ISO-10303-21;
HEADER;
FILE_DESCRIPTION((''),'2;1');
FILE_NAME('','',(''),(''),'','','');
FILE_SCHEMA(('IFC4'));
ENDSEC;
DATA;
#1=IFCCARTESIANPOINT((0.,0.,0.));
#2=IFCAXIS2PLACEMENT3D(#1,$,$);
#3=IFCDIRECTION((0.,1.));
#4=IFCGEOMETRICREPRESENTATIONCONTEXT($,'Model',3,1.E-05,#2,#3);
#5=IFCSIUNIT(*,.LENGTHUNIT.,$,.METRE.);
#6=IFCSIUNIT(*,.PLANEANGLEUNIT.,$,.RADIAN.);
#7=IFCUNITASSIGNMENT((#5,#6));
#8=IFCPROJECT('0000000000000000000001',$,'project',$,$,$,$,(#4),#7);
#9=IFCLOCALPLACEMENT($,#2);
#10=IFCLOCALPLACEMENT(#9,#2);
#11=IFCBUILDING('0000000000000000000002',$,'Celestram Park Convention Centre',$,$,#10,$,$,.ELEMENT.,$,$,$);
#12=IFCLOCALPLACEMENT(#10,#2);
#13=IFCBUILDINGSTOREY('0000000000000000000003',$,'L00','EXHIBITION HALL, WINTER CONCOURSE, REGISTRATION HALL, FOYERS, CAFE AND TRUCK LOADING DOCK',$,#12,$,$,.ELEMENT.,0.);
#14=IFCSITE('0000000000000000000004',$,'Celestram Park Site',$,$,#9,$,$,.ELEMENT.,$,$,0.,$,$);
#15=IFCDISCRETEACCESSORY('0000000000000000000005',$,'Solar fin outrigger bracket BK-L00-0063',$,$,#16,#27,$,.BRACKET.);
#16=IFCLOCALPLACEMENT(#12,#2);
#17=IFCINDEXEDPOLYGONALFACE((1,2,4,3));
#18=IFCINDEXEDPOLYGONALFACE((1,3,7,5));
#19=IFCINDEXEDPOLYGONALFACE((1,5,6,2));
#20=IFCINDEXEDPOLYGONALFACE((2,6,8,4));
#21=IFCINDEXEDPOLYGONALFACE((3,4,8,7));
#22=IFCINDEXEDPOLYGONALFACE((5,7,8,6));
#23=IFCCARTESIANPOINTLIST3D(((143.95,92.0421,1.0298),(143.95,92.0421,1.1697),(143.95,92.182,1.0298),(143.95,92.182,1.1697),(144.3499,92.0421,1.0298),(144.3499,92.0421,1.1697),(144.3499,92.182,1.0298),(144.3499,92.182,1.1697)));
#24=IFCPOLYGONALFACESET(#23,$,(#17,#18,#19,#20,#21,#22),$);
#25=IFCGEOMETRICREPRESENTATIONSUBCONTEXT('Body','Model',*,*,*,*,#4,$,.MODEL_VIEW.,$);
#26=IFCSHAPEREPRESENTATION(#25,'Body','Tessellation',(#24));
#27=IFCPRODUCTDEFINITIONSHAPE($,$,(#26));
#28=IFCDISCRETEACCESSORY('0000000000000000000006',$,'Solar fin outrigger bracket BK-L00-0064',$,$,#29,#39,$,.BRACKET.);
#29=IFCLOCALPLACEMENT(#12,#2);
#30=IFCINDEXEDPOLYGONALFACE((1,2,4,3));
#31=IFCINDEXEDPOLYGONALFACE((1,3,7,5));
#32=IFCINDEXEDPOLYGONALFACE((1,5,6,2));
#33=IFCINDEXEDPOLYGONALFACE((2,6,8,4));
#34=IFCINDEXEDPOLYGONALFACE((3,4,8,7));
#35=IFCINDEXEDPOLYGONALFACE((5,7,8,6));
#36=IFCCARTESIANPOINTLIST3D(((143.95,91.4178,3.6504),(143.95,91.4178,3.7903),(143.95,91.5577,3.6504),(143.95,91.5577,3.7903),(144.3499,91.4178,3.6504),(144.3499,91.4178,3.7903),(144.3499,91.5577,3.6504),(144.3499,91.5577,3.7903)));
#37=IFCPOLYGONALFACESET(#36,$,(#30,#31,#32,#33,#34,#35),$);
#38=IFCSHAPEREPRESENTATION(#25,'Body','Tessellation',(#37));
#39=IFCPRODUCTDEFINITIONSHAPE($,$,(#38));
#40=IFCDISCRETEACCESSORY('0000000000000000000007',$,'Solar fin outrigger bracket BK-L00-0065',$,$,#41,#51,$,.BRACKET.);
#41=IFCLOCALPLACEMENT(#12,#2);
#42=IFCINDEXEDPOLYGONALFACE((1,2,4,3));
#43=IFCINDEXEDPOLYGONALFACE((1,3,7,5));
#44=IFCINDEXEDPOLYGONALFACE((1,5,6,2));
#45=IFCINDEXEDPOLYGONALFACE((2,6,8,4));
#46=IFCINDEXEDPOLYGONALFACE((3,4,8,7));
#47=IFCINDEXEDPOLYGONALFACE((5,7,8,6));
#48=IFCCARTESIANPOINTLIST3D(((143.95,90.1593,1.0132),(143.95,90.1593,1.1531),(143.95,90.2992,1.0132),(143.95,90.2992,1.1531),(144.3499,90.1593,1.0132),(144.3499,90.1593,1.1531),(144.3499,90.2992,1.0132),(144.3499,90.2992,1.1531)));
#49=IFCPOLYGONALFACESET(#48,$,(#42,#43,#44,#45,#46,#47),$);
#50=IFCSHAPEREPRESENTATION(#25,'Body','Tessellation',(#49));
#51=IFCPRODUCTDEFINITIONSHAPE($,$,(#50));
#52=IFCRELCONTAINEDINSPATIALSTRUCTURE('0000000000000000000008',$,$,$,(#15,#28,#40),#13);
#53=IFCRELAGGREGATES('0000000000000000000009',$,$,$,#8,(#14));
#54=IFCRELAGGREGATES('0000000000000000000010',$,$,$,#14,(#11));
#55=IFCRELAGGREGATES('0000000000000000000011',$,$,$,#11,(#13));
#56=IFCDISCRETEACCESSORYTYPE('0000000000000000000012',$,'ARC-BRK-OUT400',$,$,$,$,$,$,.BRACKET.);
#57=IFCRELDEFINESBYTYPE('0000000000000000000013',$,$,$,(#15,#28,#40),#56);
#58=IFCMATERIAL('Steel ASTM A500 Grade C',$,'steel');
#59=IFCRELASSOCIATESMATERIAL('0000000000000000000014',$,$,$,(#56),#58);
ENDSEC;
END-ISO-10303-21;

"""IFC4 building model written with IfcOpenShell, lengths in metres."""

from ifc_helpers import new_model, si_unit, direction, frame, origin, origin_2d, place, context, subcontext, project, spatial, rectangle, extrude, material, type_object, element, save


model = new_model("IFC4")

# Units and contexts
model_context = context("Model", 3, precision=1e-05, world=origin(), true_north=direction((0.0, 1.0)))
body_context = subcontext(model_context, "Body", "Model", "MODEL_VIEW")
ifc_project = project(units=[si_unit("LENGTHUNIT", "METRE"), si_unit("PLANEANGLEUNIT", "RADIAN")], contexts=[model_context])

# Site, building, storey
site_placement = place(None, origin())
site = spatial("IfcSite", under=ifc_project, at=site_placement, Name="Celestram Park Site", CompositionType="ELEMENT", RefElevation=0.0)
building_placement = place(site_placement, origin())
building = spatial("IfcBuilding", under=site, at=building_placement, Name="Celestram Park Convention Centre", CompositionType="ELEMENT")
storey_placement = place(building_placement, origin())
storey = spatial("IfcBuildingStorey", under=building, at=storey_placement, Name="L00", Description="EXHIBITION HALL, WINTER CONCOURSE, REGISTRATION HALL, FOYERS, CAFE AND TRUCK LOADING DOCK", CompositionType="ELEMENT", Elevation=0.0)

# Shared definitions
ifc_material_1 = material(Name="Steel ASTM A500 Grade C", Category="steel")

# Discrete accessories
discrete_accessory_type = type_object("IfcDiscreteAccessoryType", Name="ARC-BRK-OUT400", PredefinedType="BRACKET", material=ifc_material_1)
for number, where, z_axis, x_axis, name in (
    (1, (144.1499, 92.1121, 1.0298), (0.0, 0.0, 1.0), (1.0, 0.0, 0.0), "Solar fin outrigger bracket BK-L00-0063"),
    (2, (144.1499, 91.4878, 3.6504), (0.0, 0.0, 1.0), (1.0, 0.0, 0.0), "Solar fin outrigger bracket BK-L00-0064"),
    (3, (144.1499, 90.2292, 1.0132), (0.0, 0.0, 1.0), (1.0, 0.0, 0.0), "Solar fin outrigger bracket BK-L00-0065"),
):
    element("IfcDiscreteAccessory", number, at=place(storey_placement, frame(where, z_axis=z_axis, x_axis=x_axis)), inside=storey, type_object=discrete_accessory_type, Name=name, PredefinedType="BRACKET", context=body_context, shape_type="SweptSolid", body=[
        extrude(rectangle(XDim=0.3999, YDim=0.1399, at=origin_2d()), origin(), (0.0, 0.0, 1.0), 0.1399),
    ])

save(model, "model.ifc")
